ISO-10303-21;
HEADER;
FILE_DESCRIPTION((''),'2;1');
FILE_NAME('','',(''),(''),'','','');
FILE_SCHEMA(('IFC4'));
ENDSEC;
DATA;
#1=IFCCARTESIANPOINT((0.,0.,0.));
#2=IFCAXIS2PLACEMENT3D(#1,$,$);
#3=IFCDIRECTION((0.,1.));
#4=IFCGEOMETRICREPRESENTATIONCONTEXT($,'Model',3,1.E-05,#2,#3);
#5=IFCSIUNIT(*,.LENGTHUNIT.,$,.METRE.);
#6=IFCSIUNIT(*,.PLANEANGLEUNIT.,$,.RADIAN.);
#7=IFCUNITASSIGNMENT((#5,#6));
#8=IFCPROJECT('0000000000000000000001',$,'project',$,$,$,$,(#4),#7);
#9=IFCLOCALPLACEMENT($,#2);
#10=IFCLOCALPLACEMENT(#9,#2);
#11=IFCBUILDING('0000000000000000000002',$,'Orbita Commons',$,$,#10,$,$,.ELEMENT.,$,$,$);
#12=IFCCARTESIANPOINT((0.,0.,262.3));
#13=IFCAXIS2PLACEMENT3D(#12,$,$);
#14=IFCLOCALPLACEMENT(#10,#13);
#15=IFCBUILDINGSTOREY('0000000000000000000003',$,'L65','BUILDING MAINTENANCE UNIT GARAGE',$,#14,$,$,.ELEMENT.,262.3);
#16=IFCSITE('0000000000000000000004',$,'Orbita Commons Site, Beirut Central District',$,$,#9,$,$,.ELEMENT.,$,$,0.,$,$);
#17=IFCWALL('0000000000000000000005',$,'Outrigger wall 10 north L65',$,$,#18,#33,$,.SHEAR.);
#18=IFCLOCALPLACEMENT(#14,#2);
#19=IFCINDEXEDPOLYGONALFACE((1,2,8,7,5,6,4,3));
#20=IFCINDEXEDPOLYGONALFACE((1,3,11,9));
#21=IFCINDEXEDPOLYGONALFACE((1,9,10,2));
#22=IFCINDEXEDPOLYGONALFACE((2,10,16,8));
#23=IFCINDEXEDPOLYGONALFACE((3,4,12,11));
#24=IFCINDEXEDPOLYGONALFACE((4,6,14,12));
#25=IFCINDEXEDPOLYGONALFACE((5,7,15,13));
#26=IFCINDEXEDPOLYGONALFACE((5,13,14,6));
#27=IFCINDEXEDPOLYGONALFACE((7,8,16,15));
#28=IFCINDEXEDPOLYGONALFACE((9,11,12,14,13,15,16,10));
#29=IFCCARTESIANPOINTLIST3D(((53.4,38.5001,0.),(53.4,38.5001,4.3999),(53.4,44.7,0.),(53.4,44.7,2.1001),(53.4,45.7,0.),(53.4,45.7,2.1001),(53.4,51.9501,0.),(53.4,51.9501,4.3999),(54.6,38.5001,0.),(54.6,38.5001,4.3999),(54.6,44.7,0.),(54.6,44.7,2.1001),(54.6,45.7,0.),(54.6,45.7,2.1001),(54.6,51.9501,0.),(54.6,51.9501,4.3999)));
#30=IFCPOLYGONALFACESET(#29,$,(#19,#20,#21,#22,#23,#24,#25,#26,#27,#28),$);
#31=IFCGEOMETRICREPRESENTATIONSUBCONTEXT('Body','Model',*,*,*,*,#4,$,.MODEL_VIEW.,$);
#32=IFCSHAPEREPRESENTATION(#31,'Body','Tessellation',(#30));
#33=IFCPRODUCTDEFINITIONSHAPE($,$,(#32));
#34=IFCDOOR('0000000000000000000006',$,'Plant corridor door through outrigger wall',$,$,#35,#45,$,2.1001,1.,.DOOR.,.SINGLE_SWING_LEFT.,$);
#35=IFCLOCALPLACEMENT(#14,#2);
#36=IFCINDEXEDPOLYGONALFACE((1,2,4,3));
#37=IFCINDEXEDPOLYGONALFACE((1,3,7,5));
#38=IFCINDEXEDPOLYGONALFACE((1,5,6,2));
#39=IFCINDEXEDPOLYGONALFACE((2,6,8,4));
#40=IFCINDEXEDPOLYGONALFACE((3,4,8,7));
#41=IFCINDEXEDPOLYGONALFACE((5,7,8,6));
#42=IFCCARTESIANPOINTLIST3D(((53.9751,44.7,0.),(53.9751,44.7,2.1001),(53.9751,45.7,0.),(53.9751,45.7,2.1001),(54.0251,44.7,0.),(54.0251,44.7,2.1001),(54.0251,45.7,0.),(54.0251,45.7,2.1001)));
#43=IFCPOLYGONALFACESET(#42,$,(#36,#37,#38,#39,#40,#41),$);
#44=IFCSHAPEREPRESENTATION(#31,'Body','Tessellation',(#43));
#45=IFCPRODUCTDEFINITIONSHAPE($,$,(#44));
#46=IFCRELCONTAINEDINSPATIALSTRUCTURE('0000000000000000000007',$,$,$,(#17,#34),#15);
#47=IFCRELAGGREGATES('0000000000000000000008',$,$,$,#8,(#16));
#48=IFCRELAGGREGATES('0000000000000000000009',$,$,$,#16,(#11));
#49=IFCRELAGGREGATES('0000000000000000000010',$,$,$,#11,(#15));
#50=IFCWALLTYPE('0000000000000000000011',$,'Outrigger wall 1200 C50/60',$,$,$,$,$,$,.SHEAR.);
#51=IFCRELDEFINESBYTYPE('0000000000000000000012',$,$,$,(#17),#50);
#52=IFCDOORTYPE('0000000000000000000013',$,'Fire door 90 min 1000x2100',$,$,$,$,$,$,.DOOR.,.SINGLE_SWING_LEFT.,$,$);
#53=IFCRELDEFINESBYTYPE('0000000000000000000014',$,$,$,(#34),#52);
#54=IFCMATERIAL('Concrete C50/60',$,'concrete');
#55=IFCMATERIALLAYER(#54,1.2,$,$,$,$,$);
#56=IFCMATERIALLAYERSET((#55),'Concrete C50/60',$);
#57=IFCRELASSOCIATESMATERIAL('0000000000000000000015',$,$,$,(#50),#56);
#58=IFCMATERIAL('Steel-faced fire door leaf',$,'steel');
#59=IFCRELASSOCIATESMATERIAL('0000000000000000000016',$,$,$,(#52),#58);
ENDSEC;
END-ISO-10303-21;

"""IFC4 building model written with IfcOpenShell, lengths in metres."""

from ifc_helpers import new_model, si_unit, direction, frame, frame_2d, origin, place, context, subcontext, project, spatial, rectangle, extrude, material, layer, layer_set, type_object, element, fill, save


model = new_model("IFC4")

# Units and contexts
model_context = context("Model", 3, precision=1e-05, world=origin(), true_north=direction((0.0, 1.0)))
body_context = subcontext(model_context, "Body", "Model", "MODEL_VIEW")
ifc_project = project(units=[si_unit("LENGTHUNIT", "METRE"), si_unit("PLANEANGLEUNIT", "RADIAN")], contexts=[model_context])

# Site, building, storey
site_placement = place(None, origin())
site = spatial("IfcSite", under=ifc_project, at=site_placement, Name="Orbita Commons Site, Beirut Central District", CompositionType="ELEMENT", RefElevation=0.0)
building_placement = place(site_placement, origin())
building = spatial("IfcBuilding", under=site, at=building_placement, Name="Orbita Commons", CompositionType="ELEMENT")
storey_placement = place(building_placement, frame((0.0, 0.0, 262.3)))
storey = spatial("IfcBuildingStorey", under=building, at=storey_placement, Name="L65", Description="BUILDING MAINTENANCE UNIT GARAGE", CompositionType="ELEMENT", Elevation=262.3)

# Wall, opening, door
ifc_material_1 = material(Name="Concrete C50/60", Category="concrete")
ifc_layer_1 = layer(ifc_material_1, 1.2)
ifc_layer_set_1 = layer_set([ifc_layer_1], Name="Concrete C50/60")
wall_type_1 = type_object("IfcWallType", Name="Outrigger wall 1200 C50/60", PredefinedType="SHEAR", material=ifc_layer_set_1)
ifc_material_2 = material(Name="Steel-faced fire door leaf", Category="steel")
door_type_1 = type_object("IfcDoorType", Name="Fire door 90 min 1000x2100", OperationType="SINGLE_SWING_LEFT", PredefinedType="DOOR", material=ifc_material_2)
wall_1_placement = place(storey_placement, frame((54.0, 38.5, 0.0), z_axis=(0.0, 0.0, 1.0), x_axis=(0.0, 1.0, 0.0)))
wall_1 = element("IfcWall", 1, at=wall_1_placement, inside=storey, type_object=wall_type_1, Name="Outrigger wall 10 north L65", PredefinedType="SHEAR", context=body_context, shape_type="SweptSolid", body=[
    extrude(rectangle(XDim=13.45, YDim=1.2, at=frame_2d((6.7251, 0.0))), origin(), (0.0, 0.0, 1.0), 4.3999),
])
opening_1_placement = place(wall_1_placement, frame((6.2, 0.0, 0.0)))
opening_1 = element("IfcOpeningElement", 2, at=opening_1_placement, cuts=wall_1, PredefinedType="OPENING", context=body_context, shape_type="SweptSolid", body=[
    extrude(rectangle(XDim=1.0, YDim=2.1001, at=frame_2d((0.5, 1.05))), frame((0.0, 0.6099, 0.0), z_axis=(0.0, -1.0, 0.0), x_axis=(1.0, 0.0, 0.0)), (0.0, 0.0, 1.0), 1.22),
])
door_1_placement = place(opening_1_placement, origin())
door_1 = element("IfcDoor", 3, at=door_1_placement, inside=storey, type_object=door_type_1, Name="Plant corridor door through outrigger wall", OperationType="SINGLE_SWING_LEFT", OverallHeight=2.1001, OverallWidth=1.0, PredefinedType="DOOR", context=body_context, shape_type="SweptSolid", body=[
    extrude(rectangle(XDim=1.0, YDim=2.1001, at=frame_2d((0.5, 1.05))), frame((0.0, 0.0249, 0.0), z_axis=(0.0, -1.0, 0.0), x_axis=(1.0, 0.0, 0.0)), (0.0, 0.0, 1.0), 0.05),
])
fill(opening_1, door_1)

save(model, "model.ifc")
